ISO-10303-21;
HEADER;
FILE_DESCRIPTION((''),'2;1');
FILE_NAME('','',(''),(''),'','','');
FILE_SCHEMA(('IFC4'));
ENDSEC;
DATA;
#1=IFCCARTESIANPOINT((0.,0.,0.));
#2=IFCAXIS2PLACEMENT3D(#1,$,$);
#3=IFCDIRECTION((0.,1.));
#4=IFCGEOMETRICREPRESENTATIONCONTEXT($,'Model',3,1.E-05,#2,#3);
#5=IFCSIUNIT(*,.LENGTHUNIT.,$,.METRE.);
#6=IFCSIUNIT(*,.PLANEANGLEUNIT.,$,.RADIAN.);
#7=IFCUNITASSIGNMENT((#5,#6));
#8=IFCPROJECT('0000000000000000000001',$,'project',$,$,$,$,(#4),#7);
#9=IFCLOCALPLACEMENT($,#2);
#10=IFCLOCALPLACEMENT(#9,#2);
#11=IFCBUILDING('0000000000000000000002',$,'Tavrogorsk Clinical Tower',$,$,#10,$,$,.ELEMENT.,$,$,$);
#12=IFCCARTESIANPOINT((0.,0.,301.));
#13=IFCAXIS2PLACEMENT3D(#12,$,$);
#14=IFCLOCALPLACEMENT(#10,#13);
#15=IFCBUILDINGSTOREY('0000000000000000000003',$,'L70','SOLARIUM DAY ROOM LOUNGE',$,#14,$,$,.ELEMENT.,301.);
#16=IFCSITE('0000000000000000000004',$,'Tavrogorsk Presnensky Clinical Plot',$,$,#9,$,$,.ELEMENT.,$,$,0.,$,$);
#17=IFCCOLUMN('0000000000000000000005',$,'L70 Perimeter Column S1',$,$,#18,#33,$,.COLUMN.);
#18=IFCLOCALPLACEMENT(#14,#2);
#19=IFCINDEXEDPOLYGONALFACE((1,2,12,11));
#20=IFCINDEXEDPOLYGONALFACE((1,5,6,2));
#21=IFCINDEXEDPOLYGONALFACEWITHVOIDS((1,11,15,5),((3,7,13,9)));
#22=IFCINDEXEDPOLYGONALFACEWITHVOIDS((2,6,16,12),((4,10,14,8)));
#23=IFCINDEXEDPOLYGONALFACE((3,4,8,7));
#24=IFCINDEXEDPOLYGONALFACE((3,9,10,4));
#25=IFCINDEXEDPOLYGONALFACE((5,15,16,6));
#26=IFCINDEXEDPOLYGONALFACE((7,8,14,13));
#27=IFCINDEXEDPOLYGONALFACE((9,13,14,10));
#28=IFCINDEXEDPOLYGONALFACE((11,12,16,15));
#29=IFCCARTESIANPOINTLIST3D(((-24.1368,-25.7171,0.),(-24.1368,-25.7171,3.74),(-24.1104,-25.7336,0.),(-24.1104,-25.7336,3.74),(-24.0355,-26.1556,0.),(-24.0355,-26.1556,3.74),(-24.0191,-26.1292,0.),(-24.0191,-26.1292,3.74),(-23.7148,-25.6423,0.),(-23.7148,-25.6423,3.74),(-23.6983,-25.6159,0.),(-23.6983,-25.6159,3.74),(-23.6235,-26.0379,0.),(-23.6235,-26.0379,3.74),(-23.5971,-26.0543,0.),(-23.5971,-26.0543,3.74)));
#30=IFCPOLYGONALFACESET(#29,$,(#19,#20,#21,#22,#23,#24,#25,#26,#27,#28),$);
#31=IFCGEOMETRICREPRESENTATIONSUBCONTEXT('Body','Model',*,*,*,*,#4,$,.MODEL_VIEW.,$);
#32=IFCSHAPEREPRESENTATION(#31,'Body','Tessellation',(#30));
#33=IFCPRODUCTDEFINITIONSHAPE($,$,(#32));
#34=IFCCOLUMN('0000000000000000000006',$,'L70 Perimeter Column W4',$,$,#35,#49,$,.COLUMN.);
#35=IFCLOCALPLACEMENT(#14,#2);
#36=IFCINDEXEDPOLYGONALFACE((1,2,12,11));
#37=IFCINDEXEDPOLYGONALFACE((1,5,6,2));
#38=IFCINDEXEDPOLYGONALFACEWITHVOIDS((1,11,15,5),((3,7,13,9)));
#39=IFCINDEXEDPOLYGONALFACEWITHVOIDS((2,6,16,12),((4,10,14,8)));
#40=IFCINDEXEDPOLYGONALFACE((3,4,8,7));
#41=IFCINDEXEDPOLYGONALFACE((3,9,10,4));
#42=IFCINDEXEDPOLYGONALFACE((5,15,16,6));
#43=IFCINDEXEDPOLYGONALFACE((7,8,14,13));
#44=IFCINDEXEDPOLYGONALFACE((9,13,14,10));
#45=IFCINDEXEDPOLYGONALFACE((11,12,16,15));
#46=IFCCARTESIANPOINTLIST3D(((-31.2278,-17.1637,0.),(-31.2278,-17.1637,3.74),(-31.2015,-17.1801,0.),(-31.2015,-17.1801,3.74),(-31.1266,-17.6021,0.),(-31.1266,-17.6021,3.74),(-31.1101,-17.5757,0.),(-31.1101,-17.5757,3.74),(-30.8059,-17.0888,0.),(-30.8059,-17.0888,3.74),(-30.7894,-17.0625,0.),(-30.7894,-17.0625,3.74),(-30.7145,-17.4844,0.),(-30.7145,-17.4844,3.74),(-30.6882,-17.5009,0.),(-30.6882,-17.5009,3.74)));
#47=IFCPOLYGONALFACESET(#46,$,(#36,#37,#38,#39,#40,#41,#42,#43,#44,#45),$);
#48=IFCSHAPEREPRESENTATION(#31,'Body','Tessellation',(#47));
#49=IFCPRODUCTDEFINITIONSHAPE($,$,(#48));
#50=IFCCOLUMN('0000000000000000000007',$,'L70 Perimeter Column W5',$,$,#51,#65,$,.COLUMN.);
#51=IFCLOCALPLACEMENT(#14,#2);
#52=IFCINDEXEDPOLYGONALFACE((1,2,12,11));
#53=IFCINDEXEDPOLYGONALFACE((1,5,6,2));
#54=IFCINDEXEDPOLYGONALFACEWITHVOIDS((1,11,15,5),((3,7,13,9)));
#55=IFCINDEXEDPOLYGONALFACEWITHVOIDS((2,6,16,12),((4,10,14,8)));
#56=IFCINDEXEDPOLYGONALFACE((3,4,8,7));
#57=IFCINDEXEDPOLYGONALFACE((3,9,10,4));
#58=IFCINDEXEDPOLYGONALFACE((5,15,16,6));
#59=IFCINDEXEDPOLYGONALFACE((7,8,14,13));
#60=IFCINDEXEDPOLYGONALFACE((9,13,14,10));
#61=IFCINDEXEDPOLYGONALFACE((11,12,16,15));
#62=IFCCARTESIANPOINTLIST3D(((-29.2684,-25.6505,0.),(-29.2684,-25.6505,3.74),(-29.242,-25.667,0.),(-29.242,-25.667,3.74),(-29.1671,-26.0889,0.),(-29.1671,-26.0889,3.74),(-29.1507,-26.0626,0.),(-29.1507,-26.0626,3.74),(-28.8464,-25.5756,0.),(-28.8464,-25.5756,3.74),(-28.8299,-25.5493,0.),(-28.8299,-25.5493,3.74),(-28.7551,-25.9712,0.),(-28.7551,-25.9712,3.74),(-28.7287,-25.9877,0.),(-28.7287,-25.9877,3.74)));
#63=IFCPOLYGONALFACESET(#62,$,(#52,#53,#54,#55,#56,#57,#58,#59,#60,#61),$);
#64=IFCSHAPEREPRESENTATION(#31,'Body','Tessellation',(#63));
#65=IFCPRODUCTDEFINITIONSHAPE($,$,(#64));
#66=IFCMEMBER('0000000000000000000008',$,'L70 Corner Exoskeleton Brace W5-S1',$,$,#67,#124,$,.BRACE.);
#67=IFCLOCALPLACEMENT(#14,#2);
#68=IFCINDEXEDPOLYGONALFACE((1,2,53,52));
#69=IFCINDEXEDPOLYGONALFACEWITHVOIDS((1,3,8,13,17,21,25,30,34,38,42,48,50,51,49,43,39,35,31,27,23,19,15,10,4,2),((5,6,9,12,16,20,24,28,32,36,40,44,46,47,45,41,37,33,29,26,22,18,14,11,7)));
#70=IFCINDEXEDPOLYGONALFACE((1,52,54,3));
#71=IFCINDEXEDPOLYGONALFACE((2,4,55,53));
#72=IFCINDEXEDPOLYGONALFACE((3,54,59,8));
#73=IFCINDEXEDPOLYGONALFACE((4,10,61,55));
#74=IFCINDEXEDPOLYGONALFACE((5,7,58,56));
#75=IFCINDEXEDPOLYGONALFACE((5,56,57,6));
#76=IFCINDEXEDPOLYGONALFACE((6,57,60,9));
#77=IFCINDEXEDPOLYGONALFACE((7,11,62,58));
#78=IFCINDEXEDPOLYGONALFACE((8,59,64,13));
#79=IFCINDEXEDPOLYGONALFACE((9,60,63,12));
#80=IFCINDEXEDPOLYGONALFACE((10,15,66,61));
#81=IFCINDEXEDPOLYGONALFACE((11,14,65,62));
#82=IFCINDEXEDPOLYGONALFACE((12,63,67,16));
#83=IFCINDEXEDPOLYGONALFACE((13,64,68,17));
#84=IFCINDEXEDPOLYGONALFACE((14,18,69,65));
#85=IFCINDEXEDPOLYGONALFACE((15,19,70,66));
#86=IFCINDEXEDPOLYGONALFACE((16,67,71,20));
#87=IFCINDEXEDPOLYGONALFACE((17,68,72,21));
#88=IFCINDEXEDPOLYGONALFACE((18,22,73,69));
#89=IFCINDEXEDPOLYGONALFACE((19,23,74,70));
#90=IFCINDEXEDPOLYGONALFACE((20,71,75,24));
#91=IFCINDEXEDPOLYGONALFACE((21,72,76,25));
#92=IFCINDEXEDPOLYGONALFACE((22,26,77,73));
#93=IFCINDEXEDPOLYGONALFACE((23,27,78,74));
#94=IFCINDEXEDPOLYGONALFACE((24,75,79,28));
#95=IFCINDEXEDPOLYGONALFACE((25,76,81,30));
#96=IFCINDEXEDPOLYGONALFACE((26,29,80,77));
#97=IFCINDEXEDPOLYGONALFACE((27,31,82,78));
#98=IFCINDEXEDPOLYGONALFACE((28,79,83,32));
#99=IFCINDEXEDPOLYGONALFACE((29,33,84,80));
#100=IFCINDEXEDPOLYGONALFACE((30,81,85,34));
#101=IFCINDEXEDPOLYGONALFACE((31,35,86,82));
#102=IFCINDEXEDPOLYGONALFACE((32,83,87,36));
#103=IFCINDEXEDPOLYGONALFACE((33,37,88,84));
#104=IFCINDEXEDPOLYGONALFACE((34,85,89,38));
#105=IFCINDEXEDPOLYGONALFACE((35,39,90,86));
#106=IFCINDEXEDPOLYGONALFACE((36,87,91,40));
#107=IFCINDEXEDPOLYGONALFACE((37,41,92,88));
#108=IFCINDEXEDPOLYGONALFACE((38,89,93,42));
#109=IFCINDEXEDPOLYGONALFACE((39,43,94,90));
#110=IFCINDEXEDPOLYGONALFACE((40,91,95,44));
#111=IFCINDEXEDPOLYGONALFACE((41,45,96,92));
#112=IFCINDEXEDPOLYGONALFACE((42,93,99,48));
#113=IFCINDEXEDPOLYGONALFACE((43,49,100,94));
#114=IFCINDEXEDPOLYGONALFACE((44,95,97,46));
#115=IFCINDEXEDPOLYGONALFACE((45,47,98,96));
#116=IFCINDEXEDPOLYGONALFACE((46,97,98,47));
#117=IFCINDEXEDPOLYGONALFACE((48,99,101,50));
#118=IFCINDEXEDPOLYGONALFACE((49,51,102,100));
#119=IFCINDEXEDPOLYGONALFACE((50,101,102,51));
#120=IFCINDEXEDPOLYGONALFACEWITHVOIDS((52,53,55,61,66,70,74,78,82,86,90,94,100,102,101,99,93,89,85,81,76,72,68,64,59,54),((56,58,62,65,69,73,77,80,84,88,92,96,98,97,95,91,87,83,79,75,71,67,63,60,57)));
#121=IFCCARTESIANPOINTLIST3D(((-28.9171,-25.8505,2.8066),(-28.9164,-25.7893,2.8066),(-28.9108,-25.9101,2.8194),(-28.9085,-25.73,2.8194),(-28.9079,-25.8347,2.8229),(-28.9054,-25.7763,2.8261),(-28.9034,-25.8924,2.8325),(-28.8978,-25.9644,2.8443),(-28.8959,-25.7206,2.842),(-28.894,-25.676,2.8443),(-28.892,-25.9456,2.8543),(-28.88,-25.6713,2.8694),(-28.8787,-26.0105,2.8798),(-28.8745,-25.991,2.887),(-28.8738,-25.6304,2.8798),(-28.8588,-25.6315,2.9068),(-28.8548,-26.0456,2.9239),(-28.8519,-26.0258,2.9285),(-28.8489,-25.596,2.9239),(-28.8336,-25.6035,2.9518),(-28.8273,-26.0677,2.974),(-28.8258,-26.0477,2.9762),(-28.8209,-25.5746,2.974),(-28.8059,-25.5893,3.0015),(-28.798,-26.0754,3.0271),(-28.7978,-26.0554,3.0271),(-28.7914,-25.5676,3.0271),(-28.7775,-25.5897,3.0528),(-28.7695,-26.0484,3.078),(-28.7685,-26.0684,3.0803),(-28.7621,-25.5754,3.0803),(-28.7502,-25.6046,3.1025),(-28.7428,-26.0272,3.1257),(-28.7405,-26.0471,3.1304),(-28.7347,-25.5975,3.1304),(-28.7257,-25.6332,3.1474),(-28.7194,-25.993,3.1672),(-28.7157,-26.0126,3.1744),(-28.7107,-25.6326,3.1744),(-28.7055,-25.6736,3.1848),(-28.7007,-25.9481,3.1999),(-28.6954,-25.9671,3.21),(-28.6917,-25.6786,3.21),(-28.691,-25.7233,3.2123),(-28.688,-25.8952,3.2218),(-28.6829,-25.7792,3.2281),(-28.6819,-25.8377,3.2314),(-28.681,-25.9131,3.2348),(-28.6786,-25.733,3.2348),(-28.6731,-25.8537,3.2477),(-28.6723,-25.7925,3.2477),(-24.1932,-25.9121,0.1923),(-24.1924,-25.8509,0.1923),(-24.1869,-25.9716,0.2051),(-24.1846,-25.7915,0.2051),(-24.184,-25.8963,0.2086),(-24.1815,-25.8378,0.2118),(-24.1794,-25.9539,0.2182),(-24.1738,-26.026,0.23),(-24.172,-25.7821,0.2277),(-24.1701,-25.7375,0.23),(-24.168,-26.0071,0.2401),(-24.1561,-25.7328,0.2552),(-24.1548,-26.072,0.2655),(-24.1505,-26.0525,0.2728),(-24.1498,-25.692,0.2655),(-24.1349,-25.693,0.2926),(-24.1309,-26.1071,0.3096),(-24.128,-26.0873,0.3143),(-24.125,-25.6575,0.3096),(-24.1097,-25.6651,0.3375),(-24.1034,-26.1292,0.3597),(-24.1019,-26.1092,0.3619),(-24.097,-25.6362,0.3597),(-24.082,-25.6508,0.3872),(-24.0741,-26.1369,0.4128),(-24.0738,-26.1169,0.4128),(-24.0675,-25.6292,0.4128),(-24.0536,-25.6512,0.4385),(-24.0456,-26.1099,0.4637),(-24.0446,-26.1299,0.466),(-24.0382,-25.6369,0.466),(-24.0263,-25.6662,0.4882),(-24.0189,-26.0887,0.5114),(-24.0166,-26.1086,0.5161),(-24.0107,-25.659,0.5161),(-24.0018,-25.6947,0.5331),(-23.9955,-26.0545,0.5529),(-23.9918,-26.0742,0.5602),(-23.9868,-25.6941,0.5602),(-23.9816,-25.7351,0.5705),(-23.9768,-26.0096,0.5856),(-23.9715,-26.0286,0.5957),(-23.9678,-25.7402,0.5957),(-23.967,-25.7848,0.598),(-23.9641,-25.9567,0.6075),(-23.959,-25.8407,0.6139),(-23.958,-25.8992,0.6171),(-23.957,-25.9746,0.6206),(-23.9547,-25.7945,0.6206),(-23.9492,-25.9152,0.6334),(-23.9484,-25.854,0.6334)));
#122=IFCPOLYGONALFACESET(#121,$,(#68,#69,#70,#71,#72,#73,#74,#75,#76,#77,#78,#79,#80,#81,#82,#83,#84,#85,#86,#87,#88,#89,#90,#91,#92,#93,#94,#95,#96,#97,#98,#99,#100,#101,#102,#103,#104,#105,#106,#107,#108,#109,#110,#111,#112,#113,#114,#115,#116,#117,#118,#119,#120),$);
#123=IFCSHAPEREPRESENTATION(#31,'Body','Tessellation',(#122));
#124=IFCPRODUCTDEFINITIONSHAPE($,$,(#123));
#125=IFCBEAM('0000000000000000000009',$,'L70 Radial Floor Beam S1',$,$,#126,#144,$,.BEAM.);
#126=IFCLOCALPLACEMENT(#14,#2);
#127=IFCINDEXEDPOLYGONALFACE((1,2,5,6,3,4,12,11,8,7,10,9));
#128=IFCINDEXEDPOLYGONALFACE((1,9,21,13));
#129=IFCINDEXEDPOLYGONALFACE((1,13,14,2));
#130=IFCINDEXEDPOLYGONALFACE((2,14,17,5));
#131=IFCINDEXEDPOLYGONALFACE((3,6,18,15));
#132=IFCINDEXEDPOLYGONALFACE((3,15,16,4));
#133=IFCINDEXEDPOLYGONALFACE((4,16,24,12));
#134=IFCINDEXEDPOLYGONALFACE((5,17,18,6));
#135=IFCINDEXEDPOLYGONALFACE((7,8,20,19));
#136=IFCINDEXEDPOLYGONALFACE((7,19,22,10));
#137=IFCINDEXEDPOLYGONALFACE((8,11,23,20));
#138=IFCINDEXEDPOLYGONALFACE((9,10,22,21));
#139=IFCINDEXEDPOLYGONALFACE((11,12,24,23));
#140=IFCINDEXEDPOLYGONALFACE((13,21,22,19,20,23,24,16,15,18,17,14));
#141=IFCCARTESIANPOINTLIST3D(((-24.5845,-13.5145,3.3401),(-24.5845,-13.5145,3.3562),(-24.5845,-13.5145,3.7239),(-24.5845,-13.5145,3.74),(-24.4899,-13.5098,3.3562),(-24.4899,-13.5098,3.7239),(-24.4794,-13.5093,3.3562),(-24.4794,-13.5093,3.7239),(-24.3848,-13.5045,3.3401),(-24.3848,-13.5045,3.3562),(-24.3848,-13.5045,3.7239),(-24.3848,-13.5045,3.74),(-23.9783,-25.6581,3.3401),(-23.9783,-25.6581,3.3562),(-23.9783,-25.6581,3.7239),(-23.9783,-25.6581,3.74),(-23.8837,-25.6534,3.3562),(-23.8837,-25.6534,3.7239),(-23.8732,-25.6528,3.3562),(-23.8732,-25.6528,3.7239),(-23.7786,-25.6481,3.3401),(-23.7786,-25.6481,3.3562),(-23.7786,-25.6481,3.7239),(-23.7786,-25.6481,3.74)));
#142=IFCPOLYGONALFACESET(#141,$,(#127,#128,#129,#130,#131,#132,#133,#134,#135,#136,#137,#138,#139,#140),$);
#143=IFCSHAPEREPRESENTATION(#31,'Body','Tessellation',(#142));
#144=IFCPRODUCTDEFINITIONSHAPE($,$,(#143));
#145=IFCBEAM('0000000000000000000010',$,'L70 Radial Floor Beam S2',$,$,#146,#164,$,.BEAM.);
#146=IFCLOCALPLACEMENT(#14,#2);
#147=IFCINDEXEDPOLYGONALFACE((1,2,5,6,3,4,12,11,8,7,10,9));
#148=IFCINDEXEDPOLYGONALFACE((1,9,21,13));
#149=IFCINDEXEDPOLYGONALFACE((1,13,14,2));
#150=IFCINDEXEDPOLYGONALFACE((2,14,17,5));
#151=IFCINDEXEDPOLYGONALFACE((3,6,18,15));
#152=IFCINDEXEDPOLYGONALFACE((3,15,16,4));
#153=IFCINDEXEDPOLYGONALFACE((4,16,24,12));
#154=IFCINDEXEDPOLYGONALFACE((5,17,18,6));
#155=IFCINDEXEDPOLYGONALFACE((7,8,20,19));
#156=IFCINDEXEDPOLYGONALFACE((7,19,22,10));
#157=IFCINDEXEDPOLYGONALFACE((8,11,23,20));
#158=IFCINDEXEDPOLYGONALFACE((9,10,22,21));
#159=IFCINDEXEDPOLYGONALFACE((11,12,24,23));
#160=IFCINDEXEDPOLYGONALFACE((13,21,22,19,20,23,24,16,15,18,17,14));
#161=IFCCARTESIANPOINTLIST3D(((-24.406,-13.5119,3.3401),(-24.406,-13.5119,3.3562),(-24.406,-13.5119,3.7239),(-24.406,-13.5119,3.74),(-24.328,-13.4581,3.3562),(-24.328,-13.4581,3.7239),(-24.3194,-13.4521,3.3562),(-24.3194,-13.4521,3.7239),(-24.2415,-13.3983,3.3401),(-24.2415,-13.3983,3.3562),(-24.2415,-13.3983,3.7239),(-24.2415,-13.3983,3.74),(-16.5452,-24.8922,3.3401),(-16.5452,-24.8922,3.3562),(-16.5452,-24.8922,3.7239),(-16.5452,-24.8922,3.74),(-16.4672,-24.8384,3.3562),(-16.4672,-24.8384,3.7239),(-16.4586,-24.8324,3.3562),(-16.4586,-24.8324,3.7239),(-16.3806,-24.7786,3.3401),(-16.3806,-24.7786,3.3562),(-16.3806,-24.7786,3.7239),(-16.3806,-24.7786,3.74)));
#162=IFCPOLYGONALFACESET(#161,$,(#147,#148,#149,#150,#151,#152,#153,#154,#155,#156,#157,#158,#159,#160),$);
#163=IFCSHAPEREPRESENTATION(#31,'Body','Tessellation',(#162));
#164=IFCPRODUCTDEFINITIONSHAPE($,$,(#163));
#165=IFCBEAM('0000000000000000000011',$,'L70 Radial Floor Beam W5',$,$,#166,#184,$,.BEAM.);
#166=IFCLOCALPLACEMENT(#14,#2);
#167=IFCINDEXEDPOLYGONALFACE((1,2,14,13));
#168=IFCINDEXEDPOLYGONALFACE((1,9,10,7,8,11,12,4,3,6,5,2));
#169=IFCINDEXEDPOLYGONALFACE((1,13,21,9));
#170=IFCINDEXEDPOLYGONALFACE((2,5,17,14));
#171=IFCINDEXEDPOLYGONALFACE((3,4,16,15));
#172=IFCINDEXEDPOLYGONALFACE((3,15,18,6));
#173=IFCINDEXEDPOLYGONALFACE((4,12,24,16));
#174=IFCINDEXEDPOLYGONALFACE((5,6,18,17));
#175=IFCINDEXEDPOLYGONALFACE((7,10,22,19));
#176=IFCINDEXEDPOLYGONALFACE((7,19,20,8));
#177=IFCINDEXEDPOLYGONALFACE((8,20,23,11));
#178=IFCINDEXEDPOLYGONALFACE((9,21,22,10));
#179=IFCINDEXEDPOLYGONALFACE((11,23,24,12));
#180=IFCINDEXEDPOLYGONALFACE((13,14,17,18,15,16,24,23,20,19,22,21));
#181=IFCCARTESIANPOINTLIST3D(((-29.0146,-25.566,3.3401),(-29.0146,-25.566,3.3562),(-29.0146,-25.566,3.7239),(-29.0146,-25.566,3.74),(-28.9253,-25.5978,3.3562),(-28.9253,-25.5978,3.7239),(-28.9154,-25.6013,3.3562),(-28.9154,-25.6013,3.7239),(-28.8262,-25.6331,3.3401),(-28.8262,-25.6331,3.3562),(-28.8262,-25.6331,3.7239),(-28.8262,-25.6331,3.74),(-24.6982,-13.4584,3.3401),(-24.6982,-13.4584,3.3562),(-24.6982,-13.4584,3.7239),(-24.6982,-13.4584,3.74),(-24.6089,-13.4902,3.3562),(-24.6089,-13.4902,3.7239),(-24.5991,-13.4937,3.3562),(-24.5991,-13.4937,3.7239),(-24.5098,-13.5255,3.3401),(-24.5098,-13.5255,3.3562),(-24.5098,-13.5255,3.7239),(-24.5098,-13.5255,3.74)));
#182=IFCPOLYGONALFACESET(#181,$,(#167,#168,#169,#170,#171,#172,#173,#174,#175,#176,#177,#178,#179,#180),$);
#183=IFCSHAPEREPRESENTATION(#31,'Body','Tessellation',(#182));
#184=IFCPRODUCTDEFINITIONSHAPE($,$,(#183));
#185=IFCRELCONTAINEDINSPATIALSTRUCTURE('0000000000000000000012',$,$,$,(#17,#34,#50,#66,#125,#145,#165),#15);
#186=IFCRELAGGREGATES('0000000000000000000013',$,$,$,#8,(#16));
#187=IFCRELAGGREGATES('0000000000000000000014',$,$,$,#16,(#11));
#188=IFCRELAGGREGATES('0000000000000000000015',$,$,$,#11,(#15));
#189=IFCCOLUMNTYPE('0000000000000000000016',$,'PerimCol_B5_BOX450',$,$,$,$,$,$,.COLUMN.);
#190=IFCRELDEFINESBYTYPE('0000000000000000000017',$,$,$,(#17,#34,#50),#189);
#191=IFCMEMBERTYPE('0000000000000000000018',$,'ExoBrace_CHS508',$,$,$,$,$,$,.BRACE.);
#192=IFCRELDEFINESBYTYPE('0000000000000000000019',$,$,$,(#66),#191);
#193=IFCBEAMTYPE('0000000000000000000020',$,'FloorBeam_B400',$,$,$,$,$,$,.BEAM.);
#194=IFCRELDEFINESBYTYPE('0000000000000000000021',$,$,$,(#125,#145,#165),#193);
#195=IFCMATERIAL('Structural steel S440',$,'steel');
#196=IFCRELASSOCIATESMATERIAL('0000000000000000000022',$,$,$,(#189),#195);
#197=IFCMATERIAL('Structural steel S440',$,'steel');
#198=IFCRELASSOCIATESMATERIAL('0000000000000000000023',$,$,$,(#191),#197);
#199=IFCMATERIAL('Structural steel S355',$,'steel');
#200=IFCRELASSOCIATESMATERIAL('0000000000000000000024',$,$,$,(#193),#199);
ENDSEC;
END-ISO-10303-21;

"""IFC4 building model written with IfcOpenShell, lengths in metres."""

from ifc_helpers import new_model, si_unit, direction, frame, origin, origin_2d, place, context, subcontext, project, spatial, hollow_rectangle, hollow_circle, i_section, extrude, material, material_profile, profile_set, type_object, element, save


model = new_model("IFC4")

# Units and contexts
model_context = context("Model", 3, precision=1e-05, world=origin(), true_north=direction((0.0, 1.0)))
body_context = subcontext(model_context, "Body", "Model", "MODEL_VIEW")
ifc_project = project(units=[si_unit("LENGTHUNIT", "METRE"), si_unit("PLANEANGLEUNIT", "RADIAN")], contexts=[model_context])

# Site, building, storey
site_placement = place(None, origin())
site = spatial("IfcSite", under=ifc_project, at=site_placement, Name="Tavrogorsk Presnensky Clinical Plot", CompositionType="ELEMENT", RefElevation=0.0)
building_placement = place(site_placement, origin())
building = spatial("IfcBuilding", under=site, at=building_placement, Name="Tavrogorsk Clinical Tower", CompositionType="ELEMENT")
storey_placement = place(building_placement, frame((0.0, 0.0, 301.0)))
storey = spatial("IfcBuildingStorey", under=building, at=storey_placement, Name="L70", Description="SOLARIUM DAY ROOM LOUNGE", CompositionType="ELEMENT", Elevation=301.0)

# Columns
ifc_material_1 = material(Name="Structural steel S440", Category="steel")
ifc_material_profile_1 = material_profile(ifc_material_1, hollow_rectangle(XDim=0.45, YDim=0.45, WallThickness=0.022, at=origin_2d()), Name="BOX-450x450x22")
ifc_profile_set_1 = profile_set([ifc_material_profile_1], Name="Structural steel S440")
column_type = type_object("IfcColumnType", Name="PerimCol_B5_BOX450", PredefinedType="COLUMN", material=ifc_profile_set_1)
for number, where, z_axis, x_axis, name in (
    (1, (-23.8669, -25.8857, 0.0), (0.0, 0.0, 1.0), (0.97437, 0.224951, 0.0), "L70 Perimeter Column S1"),
    (2, (-30.958, -17.3323, 0.0), (0.0, 0.0, 1.0), (0.97437, 0.224951, 0.0), "L70 Perimeter Column W4"),
    (3, (-28.9985, -25.8191, 0.0), (0.0, 0.0, 1.0), (0.97437, 0.224951, 0.0), "L70 Perimeter Column W5"),
):
    element("IfcColumn", number, at=place(storey_placement, frame(where, z_axis=z_axis, x_axis=x_axis)), inside=storey, type_object=column_type, Name=name, PredefinedType="COLUMN", context=body_context, shape_type="SweptSolid", body=[
        extrude(hollow_rectangle(XDim=0.45, YDim=0.45, WallThickness=0.022, at=origin_2d()), origin(), (0.0, 0.0, 1.0), 3.74),
    ])

# Member
ifc_material_2 = material(Name="Structural steel S440", Category="steel")
ifc_material_profile_2 = material_profile(ifc_material_2, hollow_circle(Radius=0.2539, WallThickness=0.02, at=origin_2d()), Name="CHS-508x20")
ifc_profile_set_2 = profile_set([ifc_material_profile_2], Name="Structural steel S440")
member_type_1 = type_object("IfcMemberType", Name="ExoBrace_CHS508", PredefinedType="BRACE", material=ifc_profile_set_2)
member_placement = place(storey_placement, frame((-24.0708, -25.8831, 0.4128), z_axis=(-0.874895, 0.011395, 0.484179), x_axis=(-0.013023, -0.999915, 0.0)))
element("IfcMember", 4, at=member_placement, inside=storey, type_object=member_type_1, Name="L70 Corner Exoskeleton Brace W5-S1", PredefinedType="BRACE", context=body_context, shape_type="SweptSolid", body=[
    extrude(hollow_circle(Radius=0.2539, WallThickness=0.02, at=origin_2d()), origin(), (0.0, 0.0, 1.0), 5.3994),
])

# Beams
ifc_material_3 = material(Name="Structural steel S355", Category="steel")
ifc_material_profile_3 = material_profile(ifc_material_3, i_section(OverallWidth=0.2, OverallDepth=0.3999, WebThickness=0.0105, FlangeThickness=0.0161, at=origin_2d()), Name="B-400x200x10.5x16")
ifc_profile_set_3 = profile_set([ifc_material_profile_3], Name="Structural steel S355")
beam_type_1 = type_object("IfcBeamType", Name="FloorBeam_B400", PredefinedType="BEAM", material=ifc_profile_set_3)
beam_1_placement = place(storey_placement, frame((-24.4846, -13.5095, 3.54), z_axis=(0.049857, -0.998756, 0.0), x_axis=(0.998756, 0.049857, 0.0)))
element("IfcBeam", 5, at=beam_1_placement, inside=storey, type_object=beam_type_1, Name="L70 Radial Floor Beam S1", PredefinedType="BEAM", context=body_context, shape_type="SweptSolid", body=[
    extrude(i_section(OverallWidth=0.2, OverallDepth=0.3999, WebThickness=0.0105, FlangeThickness=0.0161, at=origin_2d()), origin(), (0.0, 0.0, 1.0), 12.1587),
])
beam_2_placement = place(storey_placement, frame((-24.3237, -13.4551, 3.54), z_axis=(0.568336, -0.822797, 0.0), x_axis=(0.822797, 0.568336, 0.0)))
element("IfcBeam", 6, at=beam_2_placement, inside=storey, type_object=beam_type_1, Name="L70 Radial Floor Beam S2", PredefinedType="BEAM", context=body_context, shape_type="SweptSolid", body=[
    extrude(i_section(OverallWidth=0.2, OverallDepth=0.3999, WebThickness=0.0105, FlangeThickness=0.0161, at=origin_2d()), origin(), (0.0, 0.0, 1.0), 13.8313),
])
beam_3_placement = place(storey_placement, frame((-24.604, -13.4919, 3.54), z_axis=(-0.335801, -0.941933, 0.0), x_axis=(0.941933, -0.335801, 0.0)))
element("IfcBeam", 7, at=beam_3_placement, inside=storey, type_object=beam_type_1, Name="L70 Radial Floor Beam W5", PredefinedType="BEAM", context=body_context, shape_type="SweptSolid", body=[
    extrude(i_section(OverallWidth=0.2, OverallDepth=0.3999, WebThickness=0.0105, FlangeThickness=0.0161, at=origin_2d()), origin(), (0.0, 0.0, 1.0), 12.854),
])

save(model, "model.ifc")
